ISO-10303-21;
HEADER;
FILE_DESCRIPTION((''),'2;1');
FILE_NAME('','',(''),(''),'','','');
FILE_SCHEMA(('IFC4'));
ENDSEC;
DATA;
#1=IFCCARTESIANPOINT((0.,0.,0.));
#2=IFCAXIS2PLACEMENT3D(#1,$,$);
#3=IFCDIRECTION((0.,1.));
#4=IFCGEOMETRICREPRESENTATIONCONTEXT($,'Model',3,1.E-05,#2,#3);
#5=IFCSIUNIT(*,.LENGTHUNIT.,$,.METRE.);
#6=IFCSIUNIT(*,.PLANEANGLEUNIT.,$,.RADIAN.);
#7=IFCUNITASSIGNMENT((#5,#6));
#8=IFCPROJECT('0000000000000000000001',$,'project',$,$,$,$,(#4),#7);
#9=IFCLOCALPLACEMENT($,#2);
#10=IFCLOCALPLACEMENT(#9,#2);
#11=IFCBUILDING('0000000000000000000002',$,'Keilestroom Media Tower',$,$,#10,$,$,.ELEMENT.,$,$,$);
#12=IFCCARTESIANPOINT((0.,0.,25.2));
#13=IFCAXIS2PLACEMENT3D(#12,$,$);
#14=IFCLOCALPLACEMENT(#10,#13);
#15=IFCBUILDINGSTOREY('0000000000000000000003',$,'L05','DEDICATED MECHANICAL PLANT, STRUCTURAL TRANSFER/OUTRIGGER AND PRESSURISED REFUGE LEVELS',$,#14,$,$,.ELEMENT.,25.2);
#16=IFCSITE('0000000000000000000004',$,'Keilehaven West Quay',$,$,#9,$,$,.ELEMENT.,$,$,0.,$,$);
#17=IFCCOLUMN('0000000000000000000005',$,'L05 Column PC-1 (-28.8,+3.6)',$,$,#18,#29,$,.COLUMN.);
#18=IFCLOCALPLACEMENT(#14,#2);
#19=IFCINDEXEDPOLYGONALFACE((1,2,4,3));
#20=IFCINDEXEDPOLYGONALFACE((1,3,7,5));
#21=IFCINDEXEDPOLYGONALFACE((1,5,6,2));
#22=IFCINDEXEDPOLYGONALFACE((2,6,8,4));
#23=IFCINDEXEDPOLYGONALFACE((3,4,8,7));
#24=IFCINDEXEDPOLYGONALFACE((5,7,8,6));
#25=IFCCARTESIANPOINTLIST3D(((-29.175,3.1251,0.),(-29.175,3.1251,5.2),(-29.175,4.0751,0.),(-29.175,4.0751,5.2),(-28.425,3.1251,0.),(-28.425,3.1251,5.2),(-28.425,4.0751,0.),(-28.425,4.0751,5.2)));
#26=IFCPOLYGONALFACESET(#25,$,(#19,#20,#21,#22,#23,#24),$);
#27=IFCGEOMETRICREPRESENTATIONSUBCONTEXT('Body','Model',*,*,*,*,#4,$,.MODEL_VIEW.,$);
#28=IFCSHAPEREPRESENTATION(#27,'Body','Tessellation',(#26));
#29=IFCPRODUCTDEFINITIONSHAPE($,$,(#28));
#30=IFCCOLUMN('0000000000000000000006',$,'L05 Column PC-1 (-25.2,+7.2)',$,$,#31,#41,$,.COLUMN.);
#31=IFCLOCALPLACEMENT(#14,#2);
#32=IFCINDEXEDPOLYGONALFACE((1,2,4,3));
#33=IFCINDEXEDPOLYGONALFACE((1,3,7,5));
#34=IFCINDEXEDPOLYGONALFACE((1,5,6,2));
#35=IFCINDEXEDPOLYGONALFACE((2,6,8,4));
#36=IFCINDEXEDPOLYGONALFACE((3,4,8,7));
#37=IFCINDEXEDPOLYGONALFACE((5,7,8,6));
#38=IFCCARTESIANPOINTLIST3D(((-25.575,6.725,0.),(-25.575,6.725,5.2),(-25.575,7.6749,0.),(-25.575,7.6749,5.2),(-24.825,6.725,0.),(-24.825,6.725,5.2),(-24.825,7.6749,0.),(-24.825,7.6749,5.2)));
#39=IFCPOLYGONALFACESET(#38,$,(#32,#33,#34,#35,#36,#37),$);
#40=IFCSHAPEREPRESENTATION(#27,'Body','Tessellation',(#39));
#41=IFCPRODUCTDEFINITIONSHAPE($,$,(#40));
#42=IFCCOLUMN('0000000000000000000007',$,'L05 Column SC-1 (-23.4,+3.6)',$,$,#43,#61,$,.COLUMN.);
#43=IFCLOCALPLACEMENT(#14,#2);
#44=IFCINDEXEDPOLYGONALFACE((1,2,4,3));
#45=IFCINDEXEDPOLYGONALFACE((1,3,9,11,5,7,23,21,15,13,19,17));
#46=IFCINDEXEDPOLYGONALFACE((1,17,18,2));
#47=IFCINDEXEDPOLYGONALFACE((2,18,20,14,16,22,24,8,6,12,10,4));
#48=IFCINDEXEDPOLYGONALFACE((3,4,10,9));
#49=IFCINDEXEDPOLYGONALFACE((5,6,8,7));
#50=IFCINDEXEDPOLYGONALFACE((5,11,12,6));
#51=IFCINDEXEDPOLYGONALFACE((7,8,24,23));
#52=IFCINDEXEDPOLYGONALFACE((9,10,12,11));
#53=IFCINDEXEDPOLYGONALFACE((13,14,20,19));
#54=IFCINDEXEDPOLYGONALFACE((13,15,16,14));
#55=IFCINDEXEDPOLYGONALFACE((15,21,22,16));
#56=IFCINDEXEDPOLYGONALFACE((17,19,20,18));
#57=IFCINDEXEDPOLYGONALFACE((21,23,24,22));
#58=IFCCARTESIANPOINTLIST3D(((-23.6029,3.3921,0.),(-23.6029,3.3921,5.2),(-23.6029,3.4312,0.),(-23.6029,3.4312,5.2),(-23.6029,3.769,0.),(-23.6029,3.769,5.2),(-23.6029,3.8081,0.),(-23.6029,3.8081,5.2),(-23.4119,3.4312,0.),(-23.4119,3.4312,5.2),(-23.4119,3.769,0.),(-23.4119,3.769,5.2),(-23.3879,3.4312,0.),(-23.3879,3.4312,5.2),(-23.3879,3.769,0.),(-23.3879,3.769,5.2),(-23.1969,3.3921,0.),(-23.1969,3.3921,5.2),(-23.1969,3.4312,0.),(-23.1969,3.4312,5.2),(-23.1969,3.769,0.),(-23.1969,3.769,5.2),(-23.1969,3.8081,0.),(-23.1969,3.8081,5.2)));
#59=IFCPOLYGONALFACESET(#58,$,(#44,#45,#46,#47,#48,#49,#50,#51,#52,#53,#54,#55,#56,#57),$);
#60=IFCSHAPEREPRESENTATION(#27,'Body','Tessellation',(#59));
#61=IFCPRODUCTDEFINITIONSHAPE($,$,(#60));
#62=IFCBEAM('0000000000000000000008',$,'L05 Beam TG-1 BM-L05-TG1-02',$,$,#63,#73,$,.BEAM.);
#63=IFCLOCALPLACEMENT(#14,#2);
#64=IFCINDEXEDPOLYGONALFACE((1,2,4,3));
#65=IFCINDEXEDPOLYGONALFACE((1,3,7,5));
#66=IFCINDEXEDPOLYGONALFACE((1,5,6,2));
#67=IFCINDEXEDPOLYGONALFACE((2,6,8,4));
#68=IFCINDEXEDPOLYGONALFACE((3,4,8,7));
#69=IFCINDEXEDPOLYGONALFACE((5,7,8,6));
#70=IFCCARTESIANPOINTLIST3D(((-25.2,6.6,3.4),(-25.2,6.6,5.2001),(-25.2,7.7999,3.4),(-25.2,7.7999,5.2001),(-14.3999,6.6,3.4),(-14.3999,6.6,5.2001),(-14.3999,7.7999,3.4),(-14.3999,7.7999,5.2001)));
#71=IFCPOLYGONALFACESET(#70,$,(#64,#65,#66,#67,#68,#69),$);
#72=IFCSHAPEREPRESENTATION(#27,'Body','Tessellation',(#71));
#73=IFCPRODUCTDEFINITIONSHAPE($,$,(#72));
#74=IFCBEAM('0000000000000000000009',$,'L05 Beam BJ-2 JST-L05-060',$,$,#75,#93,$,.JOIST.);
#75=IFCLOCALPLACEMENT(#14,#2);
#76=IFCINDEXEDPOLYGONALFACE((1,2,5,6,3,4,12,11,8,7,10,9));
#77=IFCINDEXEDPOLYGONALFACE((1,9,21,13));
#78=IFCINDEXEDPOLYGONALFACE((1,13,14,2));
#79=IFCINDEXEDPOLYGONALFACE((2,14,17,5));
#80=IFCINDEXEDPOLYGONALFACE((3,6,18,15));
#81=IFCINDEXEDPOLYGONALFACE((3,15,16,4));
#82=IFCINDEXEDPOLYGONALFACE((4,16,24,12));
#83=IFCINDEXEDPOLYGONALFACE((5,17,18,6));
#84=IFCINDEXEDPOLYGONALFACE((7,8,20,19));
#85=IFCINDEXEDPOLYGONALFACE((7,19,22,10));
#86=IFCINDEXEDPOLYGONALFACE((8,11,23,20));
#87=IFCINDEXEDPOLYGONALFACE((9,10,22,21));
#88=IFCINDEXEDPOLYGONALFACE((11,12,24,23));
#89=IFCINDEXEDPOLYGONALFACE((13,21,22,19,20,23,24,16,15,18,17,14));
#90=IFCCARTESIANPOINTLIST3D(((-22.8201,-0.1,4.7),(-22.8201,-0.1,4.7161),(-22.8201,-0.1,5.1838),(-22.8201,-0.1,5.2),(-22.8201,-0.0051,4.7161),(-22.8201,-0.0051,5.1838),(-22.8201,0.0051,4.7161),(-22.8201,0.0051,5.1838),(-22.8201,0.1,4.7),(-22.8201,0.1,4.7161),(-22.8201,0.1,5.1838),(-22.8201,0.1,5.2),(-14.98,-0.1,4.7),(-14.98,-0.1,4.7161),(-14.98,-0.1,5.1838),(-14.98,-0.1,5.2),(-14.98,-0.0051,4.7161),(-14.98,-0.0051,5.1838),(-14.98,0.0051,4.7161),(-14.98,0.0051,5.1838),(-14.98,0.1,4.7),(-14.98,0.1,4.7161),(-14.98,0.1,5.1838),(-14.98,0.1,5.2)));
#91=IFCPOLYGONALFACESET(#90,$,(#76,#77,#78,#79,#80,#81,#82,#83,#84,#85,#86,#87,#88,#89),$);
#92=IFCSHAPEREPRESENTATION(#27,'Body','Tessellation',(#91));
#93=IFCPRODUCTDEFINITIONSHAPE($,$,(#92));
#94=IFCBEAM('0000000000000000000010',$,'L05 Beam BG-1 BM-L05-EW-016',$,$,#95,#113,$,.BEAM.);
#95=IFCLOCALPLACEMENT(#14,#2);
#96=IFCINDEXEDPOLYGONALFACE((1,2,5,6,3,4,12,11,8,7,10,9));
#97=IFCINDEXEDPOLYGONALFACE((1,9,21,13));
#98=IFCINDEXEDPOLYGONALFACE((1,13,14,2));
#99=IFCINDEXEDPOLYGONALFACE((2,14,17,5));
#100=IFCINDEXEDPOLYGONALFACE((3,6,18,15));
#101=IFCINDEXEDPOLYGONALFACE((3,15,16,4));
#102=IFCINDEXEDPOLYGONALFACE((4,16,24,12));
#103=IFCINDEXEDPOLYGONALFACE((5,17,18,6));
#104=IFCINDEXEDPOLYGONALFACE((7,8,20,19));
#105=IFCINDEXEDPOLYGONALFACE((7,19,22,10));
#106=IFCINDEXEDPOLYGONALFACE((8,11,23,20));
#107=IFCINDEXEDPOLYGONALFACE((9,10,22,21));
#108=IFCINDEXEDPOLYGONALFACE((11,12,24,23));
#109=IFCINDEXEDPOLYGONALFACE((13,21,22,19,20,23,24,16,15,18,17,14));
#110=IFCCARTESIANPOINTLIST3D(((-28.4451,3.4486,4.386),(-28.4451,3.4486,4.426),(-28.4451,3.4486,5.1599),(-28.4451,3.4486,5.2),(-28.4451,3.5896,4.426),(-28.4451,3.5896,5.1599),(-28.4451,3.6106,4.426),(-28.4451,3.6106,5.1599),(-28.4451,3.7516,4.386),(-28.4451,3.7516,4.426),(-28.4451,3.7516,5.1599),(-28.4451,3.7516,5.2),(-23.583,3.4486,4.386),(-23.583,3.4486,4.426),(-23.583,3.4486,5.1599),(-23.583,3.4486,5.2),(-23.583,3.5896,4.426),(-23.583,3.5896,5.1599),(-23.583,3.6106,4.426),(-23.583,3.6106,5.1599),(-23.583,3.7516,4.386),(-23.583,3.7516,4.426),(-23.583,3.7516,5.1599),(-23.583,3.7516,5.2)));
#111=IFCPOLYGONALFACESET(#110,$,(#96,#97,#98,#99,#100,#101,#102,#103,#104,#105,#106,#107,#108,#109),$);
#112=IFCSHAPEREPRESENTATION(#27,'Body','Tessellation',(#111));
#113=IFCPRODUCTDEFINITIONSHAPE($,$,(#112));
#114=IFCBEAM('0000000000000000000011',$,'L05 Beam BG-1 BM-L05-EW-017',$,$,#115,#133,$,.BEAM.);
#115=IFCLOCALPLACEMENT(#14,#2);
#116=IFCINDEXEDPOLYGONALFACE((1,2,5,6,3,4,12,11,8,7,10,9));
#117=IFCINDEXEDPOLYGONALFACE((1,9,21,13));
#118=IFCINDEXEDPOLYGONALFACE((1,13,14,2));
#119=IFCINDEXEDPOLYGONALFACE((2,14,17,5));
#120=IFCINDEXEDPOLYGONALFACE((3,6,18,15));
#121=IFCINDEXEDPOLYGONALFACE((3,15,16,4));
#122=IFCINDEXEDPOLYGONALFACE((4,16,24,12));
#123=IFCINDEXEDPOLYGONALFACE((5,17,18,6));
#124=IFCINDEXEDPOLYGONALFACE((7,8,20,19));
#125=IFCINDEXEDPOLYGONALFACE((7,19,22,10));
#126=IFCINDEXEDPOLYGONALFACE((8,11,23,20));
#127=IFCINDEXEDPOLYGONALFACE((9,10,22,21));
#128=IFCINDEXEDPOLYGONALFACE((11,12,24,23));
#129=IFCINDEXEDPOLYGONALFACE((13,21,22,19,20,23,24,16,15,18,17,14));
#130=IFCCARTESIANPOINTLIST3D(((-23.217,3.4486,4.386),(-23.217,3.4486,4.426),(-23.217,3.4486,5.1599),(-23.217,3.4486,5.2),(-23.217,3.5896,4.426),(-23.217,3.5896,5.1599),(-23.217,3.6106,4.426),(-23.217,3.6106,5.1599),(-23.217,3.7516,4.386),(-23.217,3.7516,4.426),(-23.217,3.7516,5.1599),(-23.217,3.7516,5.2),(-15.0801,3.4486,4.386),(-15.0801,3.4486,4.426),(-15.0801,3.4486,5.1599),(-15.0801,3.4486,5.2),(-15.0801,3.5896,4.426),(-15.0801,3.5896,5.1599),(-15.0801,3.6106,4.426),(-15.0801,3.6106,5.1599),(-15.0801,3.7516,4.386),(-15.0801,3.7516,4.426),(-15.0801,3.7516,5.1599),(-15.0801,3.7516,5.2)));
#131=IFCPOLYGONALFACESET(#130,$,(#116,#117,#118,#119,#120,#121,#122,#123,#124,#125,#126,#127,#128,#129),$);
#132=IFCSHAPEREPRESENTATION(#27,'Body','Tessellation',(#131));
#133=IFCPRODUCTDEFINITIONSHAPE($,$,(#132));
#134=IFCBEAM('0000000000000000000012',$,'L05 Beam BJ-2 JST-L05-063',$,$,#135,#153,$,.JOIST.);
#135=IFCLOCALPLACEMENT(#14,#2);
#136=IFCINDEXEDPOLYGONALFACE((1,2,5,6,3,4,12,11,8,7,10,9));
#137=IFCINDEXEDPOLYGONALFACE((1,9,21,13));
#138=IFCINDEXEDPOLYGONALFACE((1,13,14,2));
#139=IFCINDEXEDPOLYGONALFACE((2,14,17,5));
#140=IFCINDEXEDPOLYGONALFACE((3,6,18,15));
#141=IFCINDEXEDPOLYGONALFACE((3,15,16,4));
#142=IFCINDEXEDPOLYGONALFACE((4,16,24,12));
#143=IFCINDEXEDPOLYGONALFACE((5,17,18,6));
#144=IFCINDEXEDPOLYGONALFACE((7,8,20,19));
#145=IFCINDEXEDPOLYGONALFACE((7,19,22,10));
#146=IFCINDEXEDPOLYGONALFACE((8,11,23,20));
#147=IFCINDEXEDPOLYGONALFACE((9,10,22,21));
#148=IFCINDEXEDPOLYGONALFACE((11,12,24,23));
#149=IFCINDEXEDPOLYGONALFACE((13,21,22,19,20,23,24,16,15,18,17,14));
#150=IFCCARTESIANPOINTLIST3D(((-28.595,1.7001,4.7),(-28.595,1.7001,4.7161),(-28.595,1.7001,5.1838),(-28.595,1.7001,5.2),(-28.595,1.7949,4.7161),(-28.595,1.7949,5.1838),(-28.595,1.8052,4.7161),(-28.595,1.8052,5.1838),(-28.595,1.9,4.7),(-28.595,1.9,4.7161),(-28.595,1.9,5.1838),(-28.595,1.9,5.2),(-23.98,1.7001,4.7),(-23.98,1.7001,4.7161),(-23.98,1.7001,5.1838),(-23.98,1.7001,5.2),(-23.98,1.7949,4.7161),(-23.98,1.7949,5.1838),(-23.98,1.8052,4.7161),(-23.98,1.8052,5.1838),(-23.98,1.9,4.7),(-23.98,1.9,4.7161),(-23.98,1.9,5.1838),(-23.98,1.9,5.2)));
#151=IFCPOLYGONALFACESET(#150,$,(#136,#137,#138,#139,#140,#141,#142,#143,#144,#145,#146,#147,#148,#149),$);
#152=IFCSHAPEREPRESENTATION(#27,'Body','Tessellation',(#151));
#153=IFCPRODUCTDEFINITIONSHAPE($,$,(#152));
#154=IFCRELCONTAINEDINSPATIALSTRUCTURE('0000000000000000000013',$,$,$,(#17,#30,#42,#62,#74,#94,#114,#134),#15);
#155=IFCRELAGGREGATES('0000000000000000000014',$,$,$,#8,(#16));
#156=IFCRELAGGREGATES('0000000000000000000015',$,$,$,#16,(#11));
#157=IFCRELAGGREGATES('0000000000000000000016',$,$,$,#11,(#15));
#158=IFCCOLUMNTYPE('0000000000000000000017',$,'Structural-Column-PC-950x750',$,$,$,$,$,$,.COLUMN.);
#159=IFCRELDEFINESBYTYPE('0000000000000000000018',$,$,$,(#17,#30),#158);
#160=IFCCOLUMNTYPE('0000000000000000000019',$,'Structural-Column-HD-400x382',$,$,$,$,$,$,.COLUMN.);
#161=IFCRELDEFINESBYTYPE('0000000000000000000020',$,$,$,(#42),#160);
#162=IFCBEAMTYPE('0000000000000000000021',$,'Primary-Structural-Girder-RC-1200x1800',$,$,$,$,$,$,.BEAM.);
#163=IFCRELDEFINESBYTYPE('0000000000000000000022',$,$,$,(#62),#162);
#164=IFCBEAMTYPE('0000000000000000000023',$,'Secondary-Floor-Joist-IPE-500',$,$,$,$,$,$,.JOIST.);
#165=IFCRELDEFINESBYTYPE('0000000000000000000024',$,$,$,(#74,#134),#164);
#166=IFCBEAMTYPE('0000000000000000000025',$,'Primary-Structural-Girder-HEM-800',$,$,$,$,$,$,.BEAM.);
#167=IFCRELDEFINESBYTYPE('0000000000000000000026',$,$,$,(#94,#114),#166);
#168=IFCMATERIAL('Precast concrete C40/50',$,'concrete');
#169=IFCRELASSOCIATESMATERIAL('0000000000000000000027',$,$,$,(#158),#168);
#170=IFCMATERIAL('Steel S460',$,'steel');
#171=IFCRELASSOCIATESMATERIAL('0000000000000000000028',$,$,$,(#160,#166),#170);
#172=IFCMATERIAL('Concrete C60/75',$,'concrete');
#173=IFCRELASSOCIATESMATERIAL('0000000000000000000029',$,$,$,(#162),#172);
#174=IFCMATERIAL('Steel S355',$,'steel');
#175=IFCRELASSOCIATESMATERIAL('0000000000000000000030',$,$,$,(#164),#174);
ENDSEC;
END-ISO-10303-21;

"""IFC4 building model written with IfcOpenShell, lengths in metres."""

from ifc_helpers import new_model, si_unit, direction, frame, origin, origin_2d, place, context, subcontext, project, spatial, rectangle, i_section, extrude, source, transform, mapped, material, material_profile, profile_set, type_object, element, save


model = new_model("IFC4")

# Units and contexts
model_context = context("Model", 3, precision=1e-05, world=origin(), true_north=direction((0.0, 1.0)))
body_context = subcontext(model_context, "Body", "Model", "MODEL_VIEW")
ifc_project = project(units=[si_unit("LENGTHUNIT", "METRE"), si_unit("PLANEANGLEUNIT", "RADIAN")], contexts=[model_context])

# Site, building, storey
site_placement = place(None, origin())
site = spatial("IfcSite", under=ifc_project, at=site_placement, Name="Keilehaven West Quay", CompositionType="ELEMENT", RefElevation=0.0)
building_placement = place(site_placement, origin())
building = spatial("IfcBuilding", under=site, at=building_placement, Name="Keilestroom Media Tower", CompositionType="ELEMENT")
storey_placement = place(building_placement, frame((0.0, 0.0, 25.2)))
storey = spatial("IfcBuildingStorey", under=building, at=storey_placement, Name="L05", Description="DEDICATED MECHANICAL PLANT, STRUCTURAL TRANSFER/OUTRIGGER AND PRESSURISED REFUGE LEVELS", CompositionType="ELEMENT", Elevation=25.2)

# Columns
ifc_material_1 = material(Name="Precast concrete C40/50", Category="concrete")
ifc_material_profile_1 = material_profile(ifc_material_1, rectangle(XDim=0.75, YDim=0.95, at=origin_2d()), Name="PC 950x750")
ifc_profile_set_1 = profile_set([ifc_material_profile_1], Name="Precast concrete C40/50")
column_type_1 = type_object("IfcColumnType", Name="Structural-Column-PC-950x750", PredefinedType="COLUMN", material=ifc_profile_set_1)
shared_shape_1 = source(origin(), body_context, "Body", "SweptSolid", [
    extrude(rectangle(XDim=0.75, YDim=0.95, at=origin_2d()), origin(), (0.0, 0.0, 1.0), 5.2),
])
for number, where, z_axis, x_axis, name in (
    (1, (-28.8, 3.6001, 0.0), (0.0, 0.0, 1.0), (1.0, 0.0, 0.0), "L05 Column PC-1 (-28.8,+3.6)"),
    (2, (-25.2, 7.2, 0.0), (0.0, 0.0, 1.0), (1.0, 0.0, 0.0), "L05 Column PC-1 (-25.2,+7.2)"),
):
    element("IfcColumn", number, at=place(storey_placement, frame(where, z_axis=z_axis, x_axis=x_axis)), inside=storey, type_object=column_type_1, Name=name, PredefinedType="COLUMN", context=body_context, shape_type="MappedRepresentation", body=[
        mapped(shared_shape_1, transform((0.0, 0.0, 0.0), x_axis=(1.0, 0.0, 0.0), y_axis=(0.0, 1.0, 0.0), z_axis=(0.0, 0.0, 1.0), scale=1.0)),
    ])
ifc_material_2 = material(Name="Steel S460", Category="steel")
ifc_material_profile_2 = material_profile(ifc_material_2, i_section(OverallWidth=0.406, OverallDepth=0.416, WebThickness=0.0239, FlangeThickness=0.0391, at=origin_2d()), Name="HD 400x382")
ifc_profile_set_2 = profile_set([ifc_material_profile_2], Name="Steel S460")
column_type_2 = type_object("IfcColumnType", Name="Structural-Column-HD-400x382", PredefinedType="COLUMN", material=ifc_profile_set_2)
shared_shape_2 = source(origin(), body_context, "Body", "SweptSolid", [
    extrude(i_section(OverallWidth=0.406, OverallDepth=0.416, WebThickness=0.0239, FlangeThickness=0.0391, at=origin_2d()), origin(), (0.0, 0.0, 1.0), 5.2),
])
column_placement = place(storey_placement, frame((-23.3999, 3.6001, 0.0), z_axis=(0.0, 0.0, 1.0), x_axis=(1.0, 0.0, 0.0)))
element("IfcColumn", 3, at=column_placement, inside=storey, type_object=column_type_2, Name="L05 Column SC-1 (-23.4,+3.6)", PredefinedType="COLUMN", context=body_context, shape_type="MappedRepresentation", body=[
    mapped(shared_shape_2, transform((0.0, 0.0, 0.0), x_axis=(1.0, 0.0, 0.0), y_axis=(0.0, 1.0, 0.0), z_axis=(0.0, 0.0, 1.0), scale=1.0)),
])

# Beams
ifc_material_3 = material(Name="Concrete C60/75", Category="concrete")
ifc_material_profile_3 = material_profile(ifc_material_3, rectangle(XDim=1.2, YDim=1.8, at=origin_2d()), Name="RC 1200x1800")
ifc_profile_set_3 = profile_set([ifc_material_profile_3], Name="Concrete C60/75")
beam_type_1 = type_object("IfcBeamType", Name="Primary-Structural-Girder-RC-1200x1800", PredefinedType="BEAM", material=ifc_profile_set_3)
shared_shape_3 = source(origin(), body_context, "Body", "SweptSolid", [
    extrude(rectangle(XDim=1.2, YDim=1.8, at=origin_2d()), origin(), (0.0, 0.0, 1.0), 10.8),
])
beam_1_placement = place(storey_placement, frame((-25.2, 7.2, 4.3), z_axis=(1.0, 0.0, 0.0), x_axis=(0.0, 1.0, 0.0)))
element("IfcBeam", 4, at=beam_1_placement, inside=storey, type_object=beam_type_1, Name="L05 Beam TG-1 BM-L05-TG1-02", PredefinedType="BEAM", context=body_context, shape_type="MappedRepresentation", body=[
    mapped(shared_shape_3, transform((0.0, 0.0, 0.0), x_axis=(1.0, 0.0, 0.0), y_axis=(0.0, 1.0, 0.0), z_axis=(0.0, 0.0, 1.0), scale=1.0)),
])
ifc_material_4 = material(Name="Steel S355", Category="steel")
ifc_material_profile_4 = material_profile(ifc_material_4, i_section(OverallWidth=0.2, OverallDepth=0.5, WebThickness=0.0103, FlangeThickness=0.0161, at=origin_2d()), Name="IPE 500")
ifc_profile_set_4 = profile_set([ifc_material_profile_4], Name="Steel S355")
beam_type_2 = type_object("IfcBeamType", Name="Secondary-Floor-Joist-IPE-500", PredefinedType="JOIST", material=ifc_profile_set_4)
shared_shape_4 = source(origin(), body_context, "Body", "SweptSolid", [
    extrude(i_section(OverallWidth=0.2, OverallDepth=0.5, WebThickness=0.0103, FlangeThickness=0.0161, at=origin_2d()), origin(), (0.0, 0.0, 1.0), 7.8401),
])
beam_2_placement = place(storey_placement, frame((-22.8201, 0.0, 4.95), z_axis=(1.0, 0.0, 0.0), x_axis=(0.0, 1.0, 0.0)))
element("IfcBeam", 5, at=beam_2_placement, inside=storey, type_object=beam_type_2, Name="L05 Beam BJ-2 JST-L05-060", PredefinedType="JOIST", context=body_context, shape_type="MappedRepresentation", body=[
    mapped(shared_shape_4, transform((0.0, 0.0, 0.0), x_axis=(1.0, 0.0, 0.0), y_axis=(0.0, 1.0, 0.0), z_axis=(0.0, 0.0, 1.0), scale=1.0)),
])
ifc_material_profile_5 = material_profile(ifc_material_2, i_section(OverallWidth=0.303, OverallDepth=0.814, WebThickness=0.021, FlangeThickness=0.04, at=origin_2d()), Name="HEM 800")
ifc_profile_set_5 = profile_set([ifc_material_profile_5], Name="Steel S460")
beam_type_3 = type_object("IfcBeamType", Name="Primary-Structural-Girder-HEM-800", PredefinedType="BEAM", material=ifc_profile_set_5)
shared_shape_5 = source(origin(), body_context, "Body", "SweptSolid", [
    extrude(i_section(OverallWidth=0.303, OverallDepth=0.814, WebThickness=0.021, FlangeThickness=0.04, at=origin_2d()), origin(), (0.0, 0.0, 1.0), 4.8621),
])
beam_3_placement = place(storey_placement, frame((-28.4451, 3.6001, 4.793), z_axis=(1.0, 0.0, 0.0), x_axis=(0.0, 1.0, 0.0)))
element("IfcBeam", 6, at=beam_3_placement, inside=storey, type_object=beam_type_3, Name="L05 Beam BG-1 BM-L05-EW-016", PredefinedType="BEAM", context=body_context, shape_type="MappedRepresentation", body=[
    mapped(shared_shape_5, transform((0.0, 0.0, 0.0), x_axis=(1.0, 0.0, 0.0), y_axis=(0.0, 1.0, 0.0), z_axis=(0.0, 0.0, 1.0), scale=1.0)),
])
shared_shape_6 = source(origin(), body_context, "Body", "SweptSolid", [
    extrude(i_section(OverallWidth=0.303, OverallDepth=0.814, WebThickness=0.021, FlangeThickness=0.04, at=origin_2d()), origin(), (0.0, 0.0, 1.0), 8.137),
])
beam_4_placement = place(storey_placement, frame((-23.217, 3.6001, 4.793), z_axis=(1.0, 0.0, 0.0), x_axis=(0.0, 1.0, 0.0)))
element("IfcBeam", 7, at=beam_4_placement, inside=storey, type_object=beam_type_3, Name="L05 Beam BG-1 BM-L05-EW-017", PredefinedType="BEAM", context=body_context, shape_type="MappedRepresentation", body=[
    mapped(shared_shape_6, transform((0.0, 0.0, 0.0), x_axis=(1.0, 0.0, 0.0), y_axis=(0.0, 1.0, 0.0), z_axis=(0.0, 0.0, 1.0), scale=1.0)),
])
shared_shape_7 = source(origin(), body_context, "Body", "SweptSolid", [
    extrude(i_section(OverallWidth=0.2, OverallDepth=0.5, WebThickness=0.0103, FlangeThickness=0.0161, at=origin_2d()), origin(), (0.0, 0.0, 1.0), 4.615),
])
beam_5_placement = place(storey_placement, frame((-28.595, 1.8, 4.95), z_axis=(1.0, 0.0, 0.0), x_axis=(0.0, 1.0, 0.0)))
element("IfcBeam", 8, at=beam_5_placement, inside=storey, type_object=beam_type_2, Name="L05 Beam BJ-2 JST-L05-063", PredefinedType="JOIST", context=body_context, shape_type="MappedRepresentation", body=[
    mapped(shared_shape_7, transform((0.0, 0.0, 0.0), x_axis=(1.0, 0.0, 0.0), y_axis=(0.0, 1.0, 0.0), z_axis=(0.0, 0.0, 1.0), scale=1.0)),
])

save(model, "model.ifc")
